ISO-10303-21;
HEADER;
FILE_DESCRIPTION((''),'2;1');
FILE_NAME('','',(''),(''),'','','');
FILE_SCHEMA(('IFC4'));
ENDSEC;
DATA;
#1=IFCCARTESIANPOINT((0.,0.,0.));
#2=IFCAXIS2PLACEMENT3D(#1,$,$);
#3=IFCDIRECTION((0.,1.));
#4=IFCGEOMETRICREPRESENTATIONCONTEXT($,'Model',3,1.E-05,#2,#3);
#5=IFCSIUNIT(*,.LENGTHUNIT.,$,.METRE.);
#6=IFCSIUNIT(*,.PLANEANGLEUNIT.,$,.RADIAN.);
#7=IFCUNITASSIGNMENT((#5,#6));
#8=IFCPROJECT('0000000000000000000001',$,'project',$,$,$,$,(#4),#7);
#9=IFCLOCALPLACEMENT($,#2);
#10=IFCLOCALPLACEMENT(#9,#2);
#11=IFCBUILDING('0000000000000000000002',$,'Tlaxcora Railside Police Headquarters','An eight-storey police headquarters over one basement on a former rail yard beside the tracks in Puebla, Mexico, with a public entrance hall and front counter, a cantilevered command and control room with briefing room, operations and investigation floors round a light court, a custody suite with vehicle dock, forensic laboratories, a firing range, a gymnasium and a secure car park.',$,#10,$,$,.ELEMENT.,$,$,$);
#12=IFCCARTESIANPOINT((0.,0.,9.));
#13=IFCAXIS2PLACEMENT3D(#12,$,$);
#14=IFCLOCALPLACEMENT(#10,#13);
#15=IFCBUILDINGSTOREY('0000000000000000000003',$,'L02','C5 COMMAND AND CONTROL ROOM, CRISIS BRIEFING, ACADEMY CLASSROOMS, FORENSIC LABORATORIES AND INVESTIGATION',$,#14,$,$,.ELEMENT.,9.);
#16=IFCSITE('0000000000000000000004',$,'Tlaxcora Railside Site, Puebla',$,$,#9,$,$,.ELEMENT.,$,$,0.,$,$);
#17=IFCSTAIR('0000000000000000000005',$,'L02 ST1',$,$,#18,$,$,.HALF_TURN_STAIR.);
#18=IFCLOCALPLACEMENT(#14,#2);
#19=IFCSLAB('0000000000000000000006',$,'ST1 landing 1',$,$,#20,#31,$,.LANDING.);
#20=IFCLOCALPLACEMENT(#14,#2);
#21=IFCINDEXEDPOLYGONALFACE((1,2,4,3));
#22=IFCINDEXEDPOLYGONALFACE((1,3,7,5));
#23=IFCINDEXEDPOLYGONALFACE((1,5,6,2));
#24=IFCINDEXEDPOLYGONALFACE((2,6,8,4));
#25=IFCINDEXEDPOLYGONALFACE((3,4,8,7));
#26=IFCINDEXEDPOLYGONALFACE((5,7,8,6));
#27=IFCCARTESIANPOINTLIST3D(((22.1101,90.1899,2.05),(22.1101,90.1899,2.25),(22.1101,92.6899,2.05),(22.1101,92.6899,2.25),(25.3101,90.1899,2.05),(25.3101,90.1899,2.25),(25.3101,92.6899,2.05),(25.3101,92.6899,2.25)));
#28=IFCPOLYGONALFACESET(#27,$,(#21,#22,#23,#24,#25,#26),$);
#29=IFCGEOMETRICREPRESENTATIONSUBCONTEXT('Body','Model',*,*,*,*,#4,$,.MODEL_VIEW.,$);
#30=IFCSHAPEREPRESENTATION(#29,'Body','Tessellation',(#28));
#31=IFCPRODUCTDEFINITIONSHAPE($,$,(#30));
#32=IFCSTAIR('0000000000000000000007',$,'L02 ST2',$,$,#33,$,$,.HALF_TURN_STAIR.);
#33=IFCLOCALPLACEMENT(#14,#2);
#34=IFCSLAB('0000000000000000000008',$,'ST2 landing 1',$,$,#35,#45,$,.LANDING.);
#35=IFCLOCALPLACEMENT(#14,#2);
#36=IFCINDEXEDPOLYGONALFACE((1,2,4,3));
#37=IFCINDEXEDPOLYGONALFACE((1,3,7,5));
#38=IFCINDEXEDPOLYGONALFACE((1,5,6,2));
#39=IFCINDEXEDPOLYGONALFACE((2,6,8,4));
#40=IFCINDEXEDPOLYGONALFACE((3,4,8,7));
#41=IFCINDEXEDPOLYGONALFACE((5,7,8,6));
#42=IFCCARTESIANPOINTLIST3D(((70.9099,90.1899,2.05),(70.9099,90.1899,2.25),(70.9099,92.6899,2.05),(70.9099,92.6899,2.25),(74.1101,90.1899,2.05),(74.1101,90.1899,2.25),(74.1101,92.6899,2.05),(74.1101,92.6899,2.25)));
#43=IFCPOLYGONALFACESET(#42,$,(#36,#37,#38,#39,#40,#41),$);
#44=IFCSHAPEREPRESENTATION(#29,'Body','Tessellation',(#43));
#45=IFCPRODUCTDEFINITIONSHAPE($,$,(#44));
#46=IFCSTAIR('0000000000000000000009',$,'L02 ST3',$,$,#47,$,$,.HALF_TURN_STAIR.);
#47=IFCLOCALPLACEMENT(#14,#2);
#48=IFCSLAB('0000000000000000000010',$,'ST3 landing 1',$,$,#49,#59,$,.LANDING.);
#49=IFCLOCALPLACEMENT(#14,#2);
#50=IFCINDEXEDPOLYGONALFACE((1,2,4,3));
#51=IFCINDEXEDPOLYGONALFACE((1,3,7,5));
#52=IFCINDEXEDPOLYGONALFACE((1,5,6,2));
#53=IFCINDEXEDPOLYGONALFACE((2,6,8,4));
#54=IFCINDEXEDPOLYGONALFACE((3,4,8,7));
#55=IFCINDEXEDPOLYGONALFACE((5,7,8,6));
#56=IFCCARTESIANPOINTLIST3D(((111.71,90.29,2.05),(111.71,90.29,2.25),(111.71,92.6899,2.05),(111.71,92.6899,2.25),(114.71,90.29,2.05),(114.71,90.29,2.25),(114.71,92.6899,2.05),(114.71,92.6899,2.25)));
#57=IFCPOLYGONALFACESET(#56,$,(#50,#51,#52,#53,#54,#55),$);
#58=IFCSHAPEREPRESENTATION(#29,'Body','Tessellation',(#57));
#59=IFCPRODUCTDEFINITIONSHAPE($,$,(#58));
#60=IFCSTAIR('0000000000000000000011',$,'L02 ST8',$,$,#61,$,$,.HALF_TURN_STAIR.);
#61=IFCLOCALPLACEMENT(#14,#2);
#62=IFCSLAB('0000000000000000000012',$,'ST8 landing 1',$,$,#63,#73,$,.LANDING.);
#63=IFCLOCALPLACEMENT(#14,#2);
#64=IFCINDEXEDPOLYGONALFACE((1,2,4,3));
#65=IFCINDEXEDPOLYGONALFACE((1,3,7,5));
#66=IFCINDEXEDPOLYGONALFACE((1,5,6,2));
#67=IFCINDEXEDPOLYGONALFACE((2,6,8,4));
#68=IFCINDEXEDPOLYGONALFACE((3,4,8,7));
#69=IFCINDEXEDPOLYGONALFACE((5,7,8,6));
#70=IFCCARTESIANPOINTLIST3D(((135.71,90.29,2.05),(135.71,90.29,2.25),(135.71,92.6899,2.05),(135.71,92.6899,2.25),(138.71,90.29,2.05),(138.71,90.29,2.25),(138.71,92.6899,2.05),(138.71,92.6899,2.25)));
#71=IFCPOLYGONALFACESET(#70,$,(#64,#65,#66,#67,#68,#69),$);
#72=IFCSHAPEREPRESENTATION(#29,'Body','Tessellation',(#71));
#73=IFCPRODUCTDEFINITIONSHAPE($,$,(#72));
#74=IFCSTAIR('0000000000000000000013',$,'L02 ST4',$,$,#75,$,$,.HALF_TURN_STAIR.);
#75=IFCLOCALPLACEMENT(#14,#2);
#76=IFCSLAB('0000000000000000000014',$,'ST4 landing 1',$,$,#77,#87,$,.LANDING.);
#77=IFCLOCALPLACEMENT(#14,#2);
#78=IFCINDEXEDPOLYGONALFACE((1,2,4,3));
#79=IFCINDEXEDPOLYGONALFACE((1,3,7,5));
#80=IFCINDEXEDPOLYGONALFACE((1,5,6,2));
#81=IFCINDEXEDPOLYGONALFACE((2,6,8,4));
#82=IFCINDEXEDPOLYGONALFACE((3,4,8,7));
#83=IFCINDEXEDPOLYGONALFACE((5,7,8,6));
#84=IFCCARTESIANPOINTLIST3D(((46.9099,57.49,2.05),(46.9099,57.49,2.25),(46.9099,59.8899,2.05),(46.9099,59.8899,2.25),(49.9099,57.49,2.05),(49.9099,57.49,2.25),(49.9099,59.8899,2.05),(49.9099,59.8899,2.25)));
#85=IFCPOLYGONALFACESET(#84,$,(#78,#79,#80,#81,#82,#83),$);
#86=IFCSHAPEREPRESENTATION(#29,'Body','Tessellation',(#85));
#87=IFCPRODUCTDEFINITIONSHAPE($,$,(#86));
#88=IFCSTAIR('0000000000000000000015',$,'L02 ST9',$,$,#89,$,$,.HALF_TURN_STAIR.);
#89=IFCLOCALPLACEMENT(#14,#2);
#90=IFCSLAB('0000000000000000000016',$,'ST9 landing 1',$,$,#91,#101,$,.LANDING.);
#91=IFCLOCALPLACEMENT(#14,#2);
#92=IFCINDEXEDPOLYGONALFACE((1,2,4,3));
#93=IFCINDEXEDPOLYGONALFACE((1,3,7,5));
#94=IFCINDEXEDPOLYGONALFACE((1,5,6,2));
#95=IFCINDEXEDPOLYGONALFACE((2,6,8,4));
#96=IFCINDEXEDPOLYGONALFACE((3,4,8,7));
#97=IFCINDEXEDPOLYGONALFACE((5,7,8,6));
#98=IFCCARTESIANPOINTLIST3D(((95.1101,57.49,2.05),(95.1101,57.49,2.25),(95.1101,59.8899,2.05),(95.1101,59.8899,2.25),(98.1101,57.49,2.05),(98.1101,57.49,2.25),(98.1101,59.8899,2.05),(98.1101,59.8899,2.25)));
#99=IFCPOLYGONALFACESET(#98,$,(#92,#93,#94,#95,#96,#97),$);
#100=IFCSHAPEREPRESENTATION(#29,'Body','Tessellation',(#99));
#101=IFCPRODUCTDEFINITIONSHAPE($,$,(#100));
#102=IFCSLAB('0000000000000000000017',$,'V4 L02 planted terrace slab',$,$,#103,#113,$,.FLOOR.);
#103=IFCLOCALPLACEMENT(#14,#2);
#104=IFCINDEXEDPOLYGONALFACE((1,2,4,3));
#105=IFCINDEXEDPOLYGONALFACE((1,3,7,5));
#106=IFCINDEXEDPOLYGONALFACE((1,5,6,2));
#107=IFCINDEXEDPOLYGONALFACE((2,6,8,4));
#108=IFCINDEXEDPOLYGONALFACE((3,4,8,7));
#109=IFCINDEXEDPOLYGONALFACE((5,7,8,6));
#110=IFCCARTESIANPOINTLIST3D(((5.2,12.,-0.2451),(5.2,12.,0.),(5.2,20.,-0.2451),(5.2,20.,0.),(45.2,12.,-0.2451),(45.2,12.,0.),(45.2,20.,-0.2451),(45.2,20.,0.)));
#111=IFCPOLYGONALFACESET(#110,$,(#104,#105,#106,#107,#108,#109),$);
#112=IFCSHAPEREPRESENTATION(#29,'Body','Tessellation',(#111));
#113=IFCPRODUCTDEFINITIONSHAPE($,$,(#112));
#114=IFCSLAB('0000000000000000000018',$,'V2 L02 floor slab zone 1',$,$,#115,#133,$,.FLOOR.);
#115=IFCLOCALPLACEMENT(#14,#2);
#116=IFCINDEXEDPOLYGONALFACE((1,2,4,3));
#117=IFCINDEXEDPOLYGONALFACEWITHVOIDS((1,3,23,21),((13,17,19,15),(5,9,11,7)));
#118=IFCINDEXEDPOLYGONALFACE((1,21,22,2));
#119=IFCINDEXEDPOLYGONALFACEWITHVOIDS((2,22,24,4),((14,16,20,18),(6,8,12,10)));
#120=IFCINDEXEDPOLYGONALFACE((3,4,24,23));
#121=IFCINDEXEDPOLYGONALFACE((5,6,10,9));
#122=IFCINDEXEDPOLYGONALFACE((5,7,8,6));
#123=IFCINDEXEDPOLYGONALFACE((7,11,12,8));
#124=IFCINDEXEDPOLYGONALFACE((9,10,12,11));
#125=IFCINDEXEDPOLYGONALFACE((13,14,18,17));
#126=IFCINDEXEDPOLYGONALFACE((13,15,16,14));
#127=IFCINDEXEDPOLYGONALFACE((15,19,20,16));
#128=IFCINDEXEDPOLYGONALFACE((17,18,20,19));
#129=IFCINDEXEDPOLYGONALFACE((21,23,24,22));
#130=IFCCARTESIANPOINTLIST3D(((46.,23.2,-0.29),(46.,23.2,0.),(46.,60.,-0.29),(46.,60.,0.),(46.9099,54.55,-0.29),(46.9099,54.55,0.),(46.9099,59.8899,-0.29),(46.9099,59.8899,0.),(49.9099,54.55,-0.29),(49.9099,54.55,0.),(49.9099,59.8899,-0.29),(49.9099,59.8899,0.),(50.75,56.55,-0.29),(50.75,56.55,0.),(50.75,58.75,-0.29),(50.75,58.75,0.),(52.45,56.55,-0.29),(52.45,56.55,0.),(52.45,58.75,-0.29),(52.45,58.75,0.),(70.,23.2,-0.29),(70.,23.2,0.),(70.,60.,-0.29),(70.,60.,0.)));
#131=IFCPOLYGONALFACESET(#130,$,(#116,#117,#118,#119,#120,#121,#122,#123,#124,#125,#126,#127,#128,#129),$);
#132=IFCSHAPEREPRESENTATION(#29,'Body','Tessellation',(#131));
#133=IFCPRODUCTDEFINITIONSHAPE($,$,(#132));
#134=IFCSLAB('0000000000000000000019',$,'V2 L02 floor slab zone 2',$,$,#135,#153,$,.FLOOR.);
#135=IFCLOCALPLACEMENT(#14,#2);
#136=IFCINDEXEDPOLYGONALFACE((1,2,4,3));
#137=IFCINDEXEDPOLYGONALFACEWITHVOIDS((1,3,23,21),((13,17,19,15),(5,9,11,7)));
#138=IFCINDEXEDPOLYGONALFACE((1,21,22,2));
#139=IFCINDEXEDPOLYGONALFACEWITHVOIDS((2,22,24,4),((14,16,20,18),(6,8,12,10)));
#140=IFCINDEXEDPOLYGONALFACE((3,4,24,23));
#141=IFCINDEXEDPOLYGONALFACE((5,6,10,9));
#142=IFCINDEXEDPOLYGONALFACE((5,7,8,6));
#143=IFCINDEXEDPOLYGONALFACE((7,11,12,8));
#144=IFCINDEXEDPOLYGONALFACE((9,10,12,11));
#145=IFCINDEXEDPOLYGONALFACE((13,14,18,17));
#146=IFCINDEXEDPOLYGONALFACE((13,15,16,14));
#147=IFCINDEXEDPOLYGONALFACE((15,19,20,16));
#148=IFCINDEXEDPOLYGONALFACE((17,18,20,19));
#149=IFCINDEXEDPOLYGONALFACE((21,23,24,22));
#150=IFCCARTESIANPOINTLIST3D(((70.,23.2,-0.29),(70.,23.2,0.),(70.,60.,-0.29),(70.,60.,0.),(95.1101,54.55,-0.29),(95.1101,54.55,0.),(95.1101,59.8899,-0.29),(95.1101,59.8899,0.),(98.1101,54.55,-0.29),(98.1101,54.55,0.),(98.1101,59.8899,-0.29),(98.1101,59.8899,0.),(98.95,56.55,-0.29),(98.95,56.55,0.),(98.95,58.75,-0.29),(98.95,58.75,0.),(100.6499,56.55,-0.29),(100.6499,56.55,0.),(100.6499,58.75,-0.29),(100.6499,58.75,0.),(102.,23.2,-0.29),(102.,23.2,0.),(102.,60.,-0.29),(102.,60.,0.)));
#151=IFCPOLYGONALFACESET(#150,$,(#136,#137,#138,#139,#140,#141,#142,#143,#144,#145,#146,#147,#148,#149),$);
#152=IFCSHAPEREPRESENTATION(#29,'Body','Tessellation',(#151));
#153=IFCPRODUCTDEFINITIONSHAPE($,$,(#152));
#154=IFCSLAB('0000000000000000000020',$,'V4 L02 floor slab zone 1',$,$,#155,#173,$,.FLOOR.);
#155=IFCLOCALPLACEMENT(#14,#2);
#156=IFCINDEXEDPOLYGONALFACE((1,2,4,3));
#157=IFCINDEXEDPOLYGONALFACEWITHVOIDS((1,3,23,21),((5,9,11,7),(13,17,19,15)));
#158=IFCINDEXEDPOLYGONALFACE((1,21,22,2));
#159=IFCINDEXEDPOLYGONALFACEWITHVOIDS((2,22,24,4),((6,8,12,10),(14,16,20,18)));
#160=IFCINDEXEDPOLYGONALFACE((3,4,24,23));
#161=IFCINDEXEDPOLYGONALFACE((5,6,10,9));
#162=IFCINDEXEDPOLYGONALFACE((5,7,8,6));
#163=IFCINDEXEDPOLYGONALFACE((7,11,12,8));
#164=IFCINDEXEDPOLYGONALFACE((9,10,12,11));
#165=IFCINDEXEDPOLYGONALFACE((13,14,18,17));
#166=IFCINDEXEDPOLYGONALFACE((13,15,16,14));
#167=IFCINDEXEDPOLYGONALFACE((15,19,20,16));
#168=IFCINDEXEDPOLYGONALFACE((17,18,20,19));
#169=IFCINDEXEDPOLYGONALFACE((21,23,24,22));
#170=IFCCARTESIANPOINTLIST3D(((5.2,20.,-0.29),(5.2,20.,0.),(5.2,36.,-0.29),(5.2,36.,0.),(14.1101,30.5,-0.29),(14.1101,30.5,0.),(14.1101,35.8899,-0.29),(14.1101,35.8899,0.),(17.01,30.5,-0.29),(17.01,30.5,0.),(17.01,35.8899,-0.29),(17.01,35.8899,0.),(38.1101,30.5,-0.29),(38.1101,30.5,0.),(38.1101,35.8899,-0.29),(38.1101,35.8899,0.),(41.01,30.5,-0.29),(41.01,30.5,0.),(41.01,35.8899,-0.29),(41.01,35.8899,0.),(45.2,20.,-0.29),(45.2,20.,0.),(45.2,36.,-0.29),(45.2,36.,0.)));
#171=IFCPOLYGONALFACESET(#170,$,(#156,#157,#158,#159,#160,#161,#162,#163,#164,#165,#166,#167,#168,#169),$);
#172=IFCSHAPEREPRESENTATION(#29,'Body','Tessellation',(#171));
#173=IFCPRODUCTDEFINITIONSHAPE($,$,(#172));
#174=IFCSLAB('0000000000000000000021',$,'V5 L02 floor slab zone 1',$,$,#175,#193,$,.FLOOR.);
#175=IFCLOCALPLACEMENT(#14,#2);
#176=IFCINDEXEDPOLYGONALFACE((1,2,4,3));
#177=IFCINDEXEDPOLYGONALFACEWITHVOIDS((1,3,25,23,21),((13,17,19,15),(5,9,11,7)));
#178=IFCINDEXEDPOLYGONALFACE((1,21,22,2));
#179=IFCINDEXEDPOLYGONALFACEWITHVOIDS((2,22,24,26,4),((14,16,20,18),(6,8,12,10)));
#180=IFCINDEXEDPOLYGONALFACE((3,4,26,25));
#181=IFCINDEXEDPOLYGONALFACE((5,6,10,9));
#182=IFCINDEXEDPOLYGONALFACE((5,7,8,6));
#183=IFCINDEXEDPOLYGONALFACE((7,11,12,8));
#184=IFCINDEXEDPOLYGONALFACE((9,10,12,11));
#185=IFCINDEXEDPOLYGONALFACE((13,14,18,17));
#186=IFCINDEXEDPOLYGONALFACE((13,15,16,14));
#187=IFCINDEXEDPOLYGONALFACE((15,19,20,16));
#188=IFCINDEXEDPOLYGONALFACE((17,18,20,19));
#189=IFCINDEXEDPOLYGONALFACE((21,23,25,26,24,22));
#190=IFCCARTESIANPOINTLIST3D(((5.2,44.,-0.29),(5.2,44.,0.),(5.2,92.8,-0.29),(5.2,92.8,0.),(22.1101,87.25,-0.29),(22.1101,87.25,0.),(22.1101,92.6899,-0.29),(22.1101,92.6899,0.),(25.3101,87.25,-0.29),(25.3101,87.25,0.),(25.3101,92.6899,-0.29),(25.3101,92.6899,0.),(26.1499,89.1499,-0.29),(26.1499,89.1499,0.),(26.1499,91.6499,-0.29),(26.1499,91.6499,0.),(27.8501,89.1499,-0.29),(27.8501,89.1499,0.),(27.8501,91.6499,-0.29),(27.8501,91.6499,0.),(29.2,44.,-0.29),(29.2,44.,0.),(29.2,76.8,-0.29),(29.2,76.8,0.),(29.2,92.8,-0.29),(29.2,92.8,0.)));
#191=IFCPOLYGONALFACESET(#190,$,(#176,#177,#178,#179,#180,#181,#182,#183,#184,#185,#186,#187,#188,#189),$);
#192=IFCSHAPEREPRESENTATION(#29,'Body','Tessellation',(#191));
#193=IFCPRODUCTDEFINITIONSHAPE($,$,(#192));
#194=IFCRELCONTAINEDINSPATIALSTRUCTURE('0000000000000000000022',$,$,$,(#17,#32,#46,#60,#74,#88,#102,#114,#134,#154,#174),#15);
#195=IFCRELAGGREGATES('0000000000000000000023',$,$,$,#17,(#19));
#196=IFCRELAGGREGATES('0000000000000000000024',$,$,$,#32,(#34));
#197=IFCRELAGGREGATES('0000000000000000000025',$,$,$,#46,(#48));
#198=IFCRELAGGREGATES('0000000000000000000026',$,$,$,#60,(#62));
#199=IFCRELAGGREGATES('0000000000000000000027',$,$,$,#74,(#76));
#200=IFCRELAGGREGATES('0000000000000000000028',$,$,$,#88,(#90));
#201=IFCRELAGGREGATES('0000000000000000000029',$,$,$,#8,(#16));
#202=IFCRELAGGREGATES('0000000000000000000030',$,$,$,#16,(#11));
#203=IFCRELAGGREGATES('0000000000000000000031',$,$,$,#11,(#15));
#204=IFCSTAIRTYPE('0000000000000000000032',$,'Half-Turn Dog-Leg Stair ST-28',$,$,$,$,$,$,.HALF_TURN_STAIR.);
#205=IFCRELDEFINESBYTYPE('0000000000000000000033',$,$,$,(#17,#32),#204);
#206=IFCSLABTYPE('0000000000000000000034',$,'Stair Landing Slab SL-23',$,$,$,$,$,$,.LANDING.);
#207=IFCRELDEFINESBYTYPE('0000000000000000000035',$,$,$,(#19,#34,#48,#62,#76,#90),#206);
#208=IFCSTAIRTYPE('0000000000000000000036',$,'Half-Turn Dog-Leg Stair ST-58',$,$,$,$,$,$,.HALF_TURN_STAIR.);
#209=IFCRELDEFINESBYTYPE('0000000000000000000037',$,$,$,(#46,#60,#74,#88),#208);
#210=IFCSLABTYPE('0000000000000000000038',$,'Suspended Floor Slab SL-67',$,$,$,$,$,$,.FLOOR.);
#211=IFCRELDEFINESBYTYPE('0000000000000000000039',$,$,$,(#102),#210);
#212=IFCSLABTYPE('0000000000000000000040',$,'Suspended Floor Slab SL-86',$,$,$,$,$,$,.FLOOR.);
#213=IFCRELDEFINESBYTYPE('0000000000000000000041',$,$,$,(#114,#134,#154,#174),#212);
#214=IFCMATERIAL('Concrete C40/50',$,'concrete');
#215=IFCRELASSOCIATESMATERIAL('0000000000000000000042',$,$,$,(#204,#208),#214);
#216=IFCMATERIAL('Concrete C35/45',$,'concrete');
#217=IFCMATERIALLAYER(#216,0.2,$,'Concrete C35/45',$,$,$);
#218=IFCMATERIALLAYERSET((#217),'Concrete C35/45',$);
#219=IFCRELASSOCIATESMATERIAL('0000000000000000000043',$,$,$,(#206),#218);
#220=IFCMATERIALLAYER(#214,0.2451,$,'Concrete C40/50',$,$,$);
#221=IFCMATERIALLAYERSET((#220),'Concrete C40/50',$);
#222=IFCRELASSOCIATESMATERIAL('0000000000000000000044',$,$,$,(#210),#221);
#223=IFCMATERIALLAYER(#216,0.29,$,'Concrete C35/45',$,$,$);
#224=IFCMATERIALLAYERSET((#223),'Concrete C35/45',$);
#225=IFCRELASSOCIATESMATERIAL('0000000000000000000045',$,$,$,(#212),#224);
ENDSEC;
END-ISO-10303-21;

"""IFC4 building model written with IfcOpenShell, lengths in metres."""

from ifc_helpers import new_model, si_unit, direction, frame, origin, place, context, subcontext, project, spatial, polyline, outline, extrude, material, layer, layer_set, type_object, element, aggregate, save


model = new_model("IFC4")

# Units and contexts
model_context = context("Model", 3, precision=1e-05, world=origin(), true_north=direction((0.0, 1.0)))
body_context = subcontext(model_context, "Body", "Model", "MODEL_VIEW")
ifc_project = project(units=[si_unit("LENGTHUNIT", "METRE"), si_unit("PLANEANGLEUNIT", "RADIAN")], contexts=[model_context])

# Site, building, storey
site_placement = place(None, origin())
site = spatial("IfcSite", under=ifc_project, at=site_placement, Name="Tlaxcora Railside Site, Puebla", CompositionType="ELEMENT", RefElevation=0.0)
building_placement = place(site_placement, origin())
building = spatial("IfcBuilding", under=site, at=building_placement, Name="Tlaxcora Railside Police Headquarters", Description="An eight-storey police headquarters over one basement on a former rail yard beside the tracks in Puebla, Mexico, with a public entrance hall and front counter, a cantilevered command and control room with briefing room, operations and investigation floors round a light court, a custody suite with vehicle dock, forensic laboratories, a firing range, a gymnasium and a secure car park.", CompositionType="ELEMENT")
storey_placement = place(building_placement, frame((0.0, 0.0, 9.0)))
storey = spatial("IfcBuildingStorey", under=building, at=storey_placement, Name="L02", Description="C5 COMMAND AND CONTROL ROOM, CRISIS BRIEFING, ACADEMY CLASSROOMS, FORENSIC LABORATORIES AND INVESTIGATION", CompositionType="ELEMENT", Elevation=9.0)

# Stairs, slabs
ifc_material_1 = material(Name="Concrete C40/50", Category="concrete")
stair_type_1 = type_object("IfcStairType", Name="Half-Turn Dog-Leg Stair ST-28", PredefinedType="HALF_TURN_STAIR", material=ifc_material_1)
stair_1_placement = place(storey_placement, origin())
stair_1 = element("IfcStair", 1, at=stair_1_placement, inside=storey, type_object=stair_type_1, Name="L02 ST1", PredefinedType="HALF_TURN_STAIR")
ifc_material_2 = material(Name="Concrete C35/45", Category="concrete")
ifc_layer_1 = layer(ifc_material_2, 0.2, Name="Concrete C35/45")
ifc_layer_set_1 = layer_set([ifc_layer_1], Name="Concrete C35/45")
slab_type_1 = type_object("IfcSlabType", Name="Stair Landing Slab SL-23", PredefinedType="LANDING", material=ifc_layer_set_1)
slab_1_placement = place(storey_placement, frame((0.0, 0.0, 2.05)))
slab_1 = element("IfcSlab", 2, at=slab_1_placement, type_object=slab_type_1, Name="ST1 landing 1", PredefinedType="LANDING", context=body_context, shape_type="SweptSolid", body=[
    extrude(outline(polyline([(25.3101, 90.1899), (25.3101, 92.6899), (22.1101, 92.6899), (22.1101, 90.1899), (25.3101, 90.1899)])), origin(), (0.0, 0.0, 1.0), 0.2),
])
aggregate(stair_1, [slab_1])
stair_2_placement = place(storey_placement, origin())
stair_2 = element("IfcStair", 3, at=stair_2_placement, inside=storey, type_object=stair_type_1, Name="L02 ST2", PredefinedType="HALF_TURN_STAIR")
slab_2_placement = place(storey_placement, frame((0.0, 0.0, 2.05)))
slab_2 = element("IfcSlab", 4, at=slab_2_placement, type_object=slab_type_1, Name="ST2 landing 1", PredefinedType="LANDING", context=body_context, shape_type="SweptSolid", body=[
    extrude(outline(polyline([(74.1101, 90.1899), (74.1101, 92.6899), (70.9099, 92.6899), (70.9099, 90.1899), (74.1101, 90.1899)])), origin(), (0.0, 0.0, 1.0), 0.2),
])
aggregate(stair_2, [slab_2])
stair_type_2 = type_object("IfcStairType", Name="Half-Turn Dog-Leg Stair ST-58", PredefinedType="HALF_TURN_STAIR", material=ifc_material_1)
stair_3_placement = place(storey_placement, origin())
stair_3 = element("IfcStair", 5, at=stair_3_placement, inside=storey, type_object=stair_type_2, Name="L02 ST3", PredefinedType="HALF_TURN_STAIR")
slab_3_placement = place(storey_placement, frame((0.0, 0.0, 2.05)))
slab_3 = element("IfcSlab", 6, at=slab_3_placement, type_object=slab_type_1, Name="ST3 landing 1", PredefinedType="LANDING", context=body_context, shape_type="SweptSolid", body=[
    extrude(outline(polyline([(114.71, 90.29), (114.71, 92.6899), (111.71, 92.6899), (111.71, 90.29), (114.71, 90.29)])), origin(), (0.0, 0.0, 1.0), 0.2),
])
aggregate(stair_3, [slab_3])
stair_4_placement = place(storey_placement, origin())
stair_4 = element("IfcStair", 7, at=stair_4_placement, inside=storey, type_object=stair_type_2, Name="L02 ST8", PredefinedType="HALF_TURN_STAIR")
slab_4_placement = place(storey_placement, frame((0.0, 0.0, 2.05)))
slab_4 = element("IfcSlab", 8, at=slab_4_placement, type_object=slab_type_1, Name="ST8 landing 1", PredefinedType="LANDING", context=body_context, shape_type="SweptSolid", body=[
    extrude(outline(polyline([(138.71, 90.29), (138.71, 92.6899), (135.71, 92.6899), (135.71, 90.29), (138.71, 90.29)])), origin(), (0.0, 0.0, 1.0), 0.2),
])
aggregate(stair_4, [slab_4])
stair_5_placement = place(storey_placement, origin())
stair_5 = element("IfcStair", 9, at=stair_5_placement, inside=storey, type_object=stair_type_2, Name="L02 ST4", PredefinedType="HALF_TURN_STAIR")
slab_5_placement = place(storey_placement, frame((0.0, 0.0, 2.05)))
slab_5 = element("IfcSlab", 10, at=slab_5_placement, type_object=slab_type_1, Name="ST4 landing 1", PredefinedType="LANDING", context=body_context, shape_type="SweptSolid", body=[
    extrude(outline(polyline([(49.9099, 57.49), (49.9099, 59.8899), (46.9099, 59.8899), (46.9099, 57.49), (49.9099, 57.49)])), origin(), (0.0, 0.0, 1.0), 0.2),
])
aggregate(stair_5, [slab_5])
stair_6_placement = place(storey_placement, origin())
stair_6 = element("IfcStair", 11, at=stair_6_placement, inside=storey, type_object=stair_type_2, Name="L02 ST9", PredefinedType="HALF_TURN_STAIR")
slab_6_placement = place(storey_placement, frame((0.0, 0.0, 2.05)))
slab_6 = element("IfcSlab", 12, at=slab_6_placement, type_object=slab_type_1, Name="ST9 landing 1", PredefinedType="LANDING", context=body_context, shape_type="SweptSolid", body=[
    extrude(outline(polyline([(98.1101, 57.49), (98.1101, 59.8899), (95.1101, 59.8899), (95.1101, 57.49), (98.1101, 57.49)])), origin(), (0.0, 0.0, 1.0), 0.2),
])
aggregate(stair_6, [slab_6])

# Slabs
ifc_layer_2 = layer(ifc_material_1, 0.2451, Name="Concrete C40/50")
ifc_layer_set_2 = layer_set([ifc_layer_2], Name="Concrete C40/50")
slab_type_2 = type_object("IfcSlabType", Name="Suspended Floor Slab SL-67", PredefinedType="FLOOR", material=ifc_layer_set_2)
slab_7_placement = place(storey_placement, frame((0.0, 0.0, -0.2451)))
element("IfcSlab", 13, at=slab_7_placement, inside=storey, type_object=slab_type_2, Name="V4 L02 planted terrace slab", PredefinedType="FLOOR", context=body_context, shape_type="SweptSolid", body=[
    extrude(outline(polyline([(45.2, 12.0), (45.2, 20.0), (5.2, 20.0), (5.2, 12.0), (45.2, 12.0)])), origin(), (0.0, 0.0, 1.0), 0.2451),
])
ifc_layer_3 = layer(ifc_material_2, 0.29, Name="Concrete C35/45")
ifc_layer_set_3 = layer_set([ifc_layer_3], Name="Concrete C35/45")
slab_type_3 = type_object("IfcSlabType", Name="Suspended Floor Slab SL-86", PredefinedType="FLOOR", material=ifc_layer_set_3)
slab_8_placement = place(storey_placement, frame((0.0, 0.0, -0.29)))
element("IfcSlab", 14, at=slab_8_placement, inside=storey, type_object=slab_type_3, Name="V2 L02 floor slab zone 1", PredefinedType="FLOOR", context=body_context, shape_type="SweptSolid", body=[
    extrude(outline(polyline([(70.0, 23.2), (70.0, 60.0), (46.0, 60.0), (46.0, 23.2), (70.0, 23.2)]), holes=[polyline([(46.9099, 54.55), (46.9099, 59.8899), (49.9099, 59.8899), (49.9099, 54.55), (46.9099, 54.55)]), polyline([(50.75, 58.75), (52.45, 58.75), (52.45, 56.55), (50.75, 56.55), (50.75, 58.75)])]), origin(), (0.0, 0.0, 1.0), 0.29),
])
slab_9_placement = place(storey_placement, frame((0.0, 0.0, -0.29)))
element("IfcSlab", 15, at=slab_9_placement, inside=storey, type_object=slab_type_3, Name="V2 L02 floor slab zone 2", PredefinedType="FLOOR", context=body_context, shape_type="SweptSolid", body=[
    extrude(outline(polyline([(102.0, 23.2), (102.0, 60.0), (70.0, 60.0), (70.0, 23.2), (102.0, 23.2)]), holes=[polyline([(98.1101, 59.8899), (98.1101, 54.55), (95.1101, 54.55), (95.1101, 59.8899), (98.1101, 59.8899)]), polyline([(100.6499, 56.55), (98.95, 56.55), (98.95, 58.75), (100.6499, 58.75), (100.6499, 56.55)])]), origin(), (0.0, 0.0, 1.0), 0.29),
])
slab_10_placement = place(storey_placement, frame((0.0, 0.0, -0.29)))
element("IfcSlab", 16, at=slab_10_placement, inside=storey, type_object=slab_type_3, Name="V4 L02 floor slab zone 1", PredefinedType="FLOOR", context=body_context, shape_type="SweptSolid", body=[
    extrude(outline(polyline([(5.2, 36.0), (5.2, 20.0), (45.2, 20.0), (45.2, 36.0), (5.2, 36.0)]), holes=[polyline([(17.01, 35.8899), (17.01, 30.5), (14.1101, 30.5), (14.1101, 35.8899), (17.01, 35.8899)]), polyline([(41.01, 30.5), (38.1101, 30.5), (38.1101, 35.8899), (41.01, 35.8899), (41.01, 30.5)])]), origin(), (0.0, 0.0, 1.0), 0.29),
])
slab_11_placement = place(storey_placement, frame((0.0, 0.0, -0.29)))
element("IfcSlab", 17, at=slab_11_placement, inside=storey, type_object=slab_type_3, Name="V5 L02 floor slab zone 1", PredefinedType="FLOOR", context=body_context, shape_type="SweptSolid", body=[
    extrude(outline(polyline([(5.2, 92.8), (5.2, 44.0), (29.2, 44.0), (29.2, 76.8), (29.2, 92.8), (5.2, 92.8)]), holes=[polyline([(22.1101, 92.6899), (25.3101, 92.6899), (25.3101, 87.25), (22.1101, 87.25), (22.1101, 92.6899)]), polyline([(27.8501, 91.6499), (27.8501, 89.1499), (26.1499, 89.1499), (26.1499, 91.6499), (27.8501, 91.6499)])]), origin(), (0.0, 0.0, 1.0), 0.29),
])

save(model, "model.ifc")
